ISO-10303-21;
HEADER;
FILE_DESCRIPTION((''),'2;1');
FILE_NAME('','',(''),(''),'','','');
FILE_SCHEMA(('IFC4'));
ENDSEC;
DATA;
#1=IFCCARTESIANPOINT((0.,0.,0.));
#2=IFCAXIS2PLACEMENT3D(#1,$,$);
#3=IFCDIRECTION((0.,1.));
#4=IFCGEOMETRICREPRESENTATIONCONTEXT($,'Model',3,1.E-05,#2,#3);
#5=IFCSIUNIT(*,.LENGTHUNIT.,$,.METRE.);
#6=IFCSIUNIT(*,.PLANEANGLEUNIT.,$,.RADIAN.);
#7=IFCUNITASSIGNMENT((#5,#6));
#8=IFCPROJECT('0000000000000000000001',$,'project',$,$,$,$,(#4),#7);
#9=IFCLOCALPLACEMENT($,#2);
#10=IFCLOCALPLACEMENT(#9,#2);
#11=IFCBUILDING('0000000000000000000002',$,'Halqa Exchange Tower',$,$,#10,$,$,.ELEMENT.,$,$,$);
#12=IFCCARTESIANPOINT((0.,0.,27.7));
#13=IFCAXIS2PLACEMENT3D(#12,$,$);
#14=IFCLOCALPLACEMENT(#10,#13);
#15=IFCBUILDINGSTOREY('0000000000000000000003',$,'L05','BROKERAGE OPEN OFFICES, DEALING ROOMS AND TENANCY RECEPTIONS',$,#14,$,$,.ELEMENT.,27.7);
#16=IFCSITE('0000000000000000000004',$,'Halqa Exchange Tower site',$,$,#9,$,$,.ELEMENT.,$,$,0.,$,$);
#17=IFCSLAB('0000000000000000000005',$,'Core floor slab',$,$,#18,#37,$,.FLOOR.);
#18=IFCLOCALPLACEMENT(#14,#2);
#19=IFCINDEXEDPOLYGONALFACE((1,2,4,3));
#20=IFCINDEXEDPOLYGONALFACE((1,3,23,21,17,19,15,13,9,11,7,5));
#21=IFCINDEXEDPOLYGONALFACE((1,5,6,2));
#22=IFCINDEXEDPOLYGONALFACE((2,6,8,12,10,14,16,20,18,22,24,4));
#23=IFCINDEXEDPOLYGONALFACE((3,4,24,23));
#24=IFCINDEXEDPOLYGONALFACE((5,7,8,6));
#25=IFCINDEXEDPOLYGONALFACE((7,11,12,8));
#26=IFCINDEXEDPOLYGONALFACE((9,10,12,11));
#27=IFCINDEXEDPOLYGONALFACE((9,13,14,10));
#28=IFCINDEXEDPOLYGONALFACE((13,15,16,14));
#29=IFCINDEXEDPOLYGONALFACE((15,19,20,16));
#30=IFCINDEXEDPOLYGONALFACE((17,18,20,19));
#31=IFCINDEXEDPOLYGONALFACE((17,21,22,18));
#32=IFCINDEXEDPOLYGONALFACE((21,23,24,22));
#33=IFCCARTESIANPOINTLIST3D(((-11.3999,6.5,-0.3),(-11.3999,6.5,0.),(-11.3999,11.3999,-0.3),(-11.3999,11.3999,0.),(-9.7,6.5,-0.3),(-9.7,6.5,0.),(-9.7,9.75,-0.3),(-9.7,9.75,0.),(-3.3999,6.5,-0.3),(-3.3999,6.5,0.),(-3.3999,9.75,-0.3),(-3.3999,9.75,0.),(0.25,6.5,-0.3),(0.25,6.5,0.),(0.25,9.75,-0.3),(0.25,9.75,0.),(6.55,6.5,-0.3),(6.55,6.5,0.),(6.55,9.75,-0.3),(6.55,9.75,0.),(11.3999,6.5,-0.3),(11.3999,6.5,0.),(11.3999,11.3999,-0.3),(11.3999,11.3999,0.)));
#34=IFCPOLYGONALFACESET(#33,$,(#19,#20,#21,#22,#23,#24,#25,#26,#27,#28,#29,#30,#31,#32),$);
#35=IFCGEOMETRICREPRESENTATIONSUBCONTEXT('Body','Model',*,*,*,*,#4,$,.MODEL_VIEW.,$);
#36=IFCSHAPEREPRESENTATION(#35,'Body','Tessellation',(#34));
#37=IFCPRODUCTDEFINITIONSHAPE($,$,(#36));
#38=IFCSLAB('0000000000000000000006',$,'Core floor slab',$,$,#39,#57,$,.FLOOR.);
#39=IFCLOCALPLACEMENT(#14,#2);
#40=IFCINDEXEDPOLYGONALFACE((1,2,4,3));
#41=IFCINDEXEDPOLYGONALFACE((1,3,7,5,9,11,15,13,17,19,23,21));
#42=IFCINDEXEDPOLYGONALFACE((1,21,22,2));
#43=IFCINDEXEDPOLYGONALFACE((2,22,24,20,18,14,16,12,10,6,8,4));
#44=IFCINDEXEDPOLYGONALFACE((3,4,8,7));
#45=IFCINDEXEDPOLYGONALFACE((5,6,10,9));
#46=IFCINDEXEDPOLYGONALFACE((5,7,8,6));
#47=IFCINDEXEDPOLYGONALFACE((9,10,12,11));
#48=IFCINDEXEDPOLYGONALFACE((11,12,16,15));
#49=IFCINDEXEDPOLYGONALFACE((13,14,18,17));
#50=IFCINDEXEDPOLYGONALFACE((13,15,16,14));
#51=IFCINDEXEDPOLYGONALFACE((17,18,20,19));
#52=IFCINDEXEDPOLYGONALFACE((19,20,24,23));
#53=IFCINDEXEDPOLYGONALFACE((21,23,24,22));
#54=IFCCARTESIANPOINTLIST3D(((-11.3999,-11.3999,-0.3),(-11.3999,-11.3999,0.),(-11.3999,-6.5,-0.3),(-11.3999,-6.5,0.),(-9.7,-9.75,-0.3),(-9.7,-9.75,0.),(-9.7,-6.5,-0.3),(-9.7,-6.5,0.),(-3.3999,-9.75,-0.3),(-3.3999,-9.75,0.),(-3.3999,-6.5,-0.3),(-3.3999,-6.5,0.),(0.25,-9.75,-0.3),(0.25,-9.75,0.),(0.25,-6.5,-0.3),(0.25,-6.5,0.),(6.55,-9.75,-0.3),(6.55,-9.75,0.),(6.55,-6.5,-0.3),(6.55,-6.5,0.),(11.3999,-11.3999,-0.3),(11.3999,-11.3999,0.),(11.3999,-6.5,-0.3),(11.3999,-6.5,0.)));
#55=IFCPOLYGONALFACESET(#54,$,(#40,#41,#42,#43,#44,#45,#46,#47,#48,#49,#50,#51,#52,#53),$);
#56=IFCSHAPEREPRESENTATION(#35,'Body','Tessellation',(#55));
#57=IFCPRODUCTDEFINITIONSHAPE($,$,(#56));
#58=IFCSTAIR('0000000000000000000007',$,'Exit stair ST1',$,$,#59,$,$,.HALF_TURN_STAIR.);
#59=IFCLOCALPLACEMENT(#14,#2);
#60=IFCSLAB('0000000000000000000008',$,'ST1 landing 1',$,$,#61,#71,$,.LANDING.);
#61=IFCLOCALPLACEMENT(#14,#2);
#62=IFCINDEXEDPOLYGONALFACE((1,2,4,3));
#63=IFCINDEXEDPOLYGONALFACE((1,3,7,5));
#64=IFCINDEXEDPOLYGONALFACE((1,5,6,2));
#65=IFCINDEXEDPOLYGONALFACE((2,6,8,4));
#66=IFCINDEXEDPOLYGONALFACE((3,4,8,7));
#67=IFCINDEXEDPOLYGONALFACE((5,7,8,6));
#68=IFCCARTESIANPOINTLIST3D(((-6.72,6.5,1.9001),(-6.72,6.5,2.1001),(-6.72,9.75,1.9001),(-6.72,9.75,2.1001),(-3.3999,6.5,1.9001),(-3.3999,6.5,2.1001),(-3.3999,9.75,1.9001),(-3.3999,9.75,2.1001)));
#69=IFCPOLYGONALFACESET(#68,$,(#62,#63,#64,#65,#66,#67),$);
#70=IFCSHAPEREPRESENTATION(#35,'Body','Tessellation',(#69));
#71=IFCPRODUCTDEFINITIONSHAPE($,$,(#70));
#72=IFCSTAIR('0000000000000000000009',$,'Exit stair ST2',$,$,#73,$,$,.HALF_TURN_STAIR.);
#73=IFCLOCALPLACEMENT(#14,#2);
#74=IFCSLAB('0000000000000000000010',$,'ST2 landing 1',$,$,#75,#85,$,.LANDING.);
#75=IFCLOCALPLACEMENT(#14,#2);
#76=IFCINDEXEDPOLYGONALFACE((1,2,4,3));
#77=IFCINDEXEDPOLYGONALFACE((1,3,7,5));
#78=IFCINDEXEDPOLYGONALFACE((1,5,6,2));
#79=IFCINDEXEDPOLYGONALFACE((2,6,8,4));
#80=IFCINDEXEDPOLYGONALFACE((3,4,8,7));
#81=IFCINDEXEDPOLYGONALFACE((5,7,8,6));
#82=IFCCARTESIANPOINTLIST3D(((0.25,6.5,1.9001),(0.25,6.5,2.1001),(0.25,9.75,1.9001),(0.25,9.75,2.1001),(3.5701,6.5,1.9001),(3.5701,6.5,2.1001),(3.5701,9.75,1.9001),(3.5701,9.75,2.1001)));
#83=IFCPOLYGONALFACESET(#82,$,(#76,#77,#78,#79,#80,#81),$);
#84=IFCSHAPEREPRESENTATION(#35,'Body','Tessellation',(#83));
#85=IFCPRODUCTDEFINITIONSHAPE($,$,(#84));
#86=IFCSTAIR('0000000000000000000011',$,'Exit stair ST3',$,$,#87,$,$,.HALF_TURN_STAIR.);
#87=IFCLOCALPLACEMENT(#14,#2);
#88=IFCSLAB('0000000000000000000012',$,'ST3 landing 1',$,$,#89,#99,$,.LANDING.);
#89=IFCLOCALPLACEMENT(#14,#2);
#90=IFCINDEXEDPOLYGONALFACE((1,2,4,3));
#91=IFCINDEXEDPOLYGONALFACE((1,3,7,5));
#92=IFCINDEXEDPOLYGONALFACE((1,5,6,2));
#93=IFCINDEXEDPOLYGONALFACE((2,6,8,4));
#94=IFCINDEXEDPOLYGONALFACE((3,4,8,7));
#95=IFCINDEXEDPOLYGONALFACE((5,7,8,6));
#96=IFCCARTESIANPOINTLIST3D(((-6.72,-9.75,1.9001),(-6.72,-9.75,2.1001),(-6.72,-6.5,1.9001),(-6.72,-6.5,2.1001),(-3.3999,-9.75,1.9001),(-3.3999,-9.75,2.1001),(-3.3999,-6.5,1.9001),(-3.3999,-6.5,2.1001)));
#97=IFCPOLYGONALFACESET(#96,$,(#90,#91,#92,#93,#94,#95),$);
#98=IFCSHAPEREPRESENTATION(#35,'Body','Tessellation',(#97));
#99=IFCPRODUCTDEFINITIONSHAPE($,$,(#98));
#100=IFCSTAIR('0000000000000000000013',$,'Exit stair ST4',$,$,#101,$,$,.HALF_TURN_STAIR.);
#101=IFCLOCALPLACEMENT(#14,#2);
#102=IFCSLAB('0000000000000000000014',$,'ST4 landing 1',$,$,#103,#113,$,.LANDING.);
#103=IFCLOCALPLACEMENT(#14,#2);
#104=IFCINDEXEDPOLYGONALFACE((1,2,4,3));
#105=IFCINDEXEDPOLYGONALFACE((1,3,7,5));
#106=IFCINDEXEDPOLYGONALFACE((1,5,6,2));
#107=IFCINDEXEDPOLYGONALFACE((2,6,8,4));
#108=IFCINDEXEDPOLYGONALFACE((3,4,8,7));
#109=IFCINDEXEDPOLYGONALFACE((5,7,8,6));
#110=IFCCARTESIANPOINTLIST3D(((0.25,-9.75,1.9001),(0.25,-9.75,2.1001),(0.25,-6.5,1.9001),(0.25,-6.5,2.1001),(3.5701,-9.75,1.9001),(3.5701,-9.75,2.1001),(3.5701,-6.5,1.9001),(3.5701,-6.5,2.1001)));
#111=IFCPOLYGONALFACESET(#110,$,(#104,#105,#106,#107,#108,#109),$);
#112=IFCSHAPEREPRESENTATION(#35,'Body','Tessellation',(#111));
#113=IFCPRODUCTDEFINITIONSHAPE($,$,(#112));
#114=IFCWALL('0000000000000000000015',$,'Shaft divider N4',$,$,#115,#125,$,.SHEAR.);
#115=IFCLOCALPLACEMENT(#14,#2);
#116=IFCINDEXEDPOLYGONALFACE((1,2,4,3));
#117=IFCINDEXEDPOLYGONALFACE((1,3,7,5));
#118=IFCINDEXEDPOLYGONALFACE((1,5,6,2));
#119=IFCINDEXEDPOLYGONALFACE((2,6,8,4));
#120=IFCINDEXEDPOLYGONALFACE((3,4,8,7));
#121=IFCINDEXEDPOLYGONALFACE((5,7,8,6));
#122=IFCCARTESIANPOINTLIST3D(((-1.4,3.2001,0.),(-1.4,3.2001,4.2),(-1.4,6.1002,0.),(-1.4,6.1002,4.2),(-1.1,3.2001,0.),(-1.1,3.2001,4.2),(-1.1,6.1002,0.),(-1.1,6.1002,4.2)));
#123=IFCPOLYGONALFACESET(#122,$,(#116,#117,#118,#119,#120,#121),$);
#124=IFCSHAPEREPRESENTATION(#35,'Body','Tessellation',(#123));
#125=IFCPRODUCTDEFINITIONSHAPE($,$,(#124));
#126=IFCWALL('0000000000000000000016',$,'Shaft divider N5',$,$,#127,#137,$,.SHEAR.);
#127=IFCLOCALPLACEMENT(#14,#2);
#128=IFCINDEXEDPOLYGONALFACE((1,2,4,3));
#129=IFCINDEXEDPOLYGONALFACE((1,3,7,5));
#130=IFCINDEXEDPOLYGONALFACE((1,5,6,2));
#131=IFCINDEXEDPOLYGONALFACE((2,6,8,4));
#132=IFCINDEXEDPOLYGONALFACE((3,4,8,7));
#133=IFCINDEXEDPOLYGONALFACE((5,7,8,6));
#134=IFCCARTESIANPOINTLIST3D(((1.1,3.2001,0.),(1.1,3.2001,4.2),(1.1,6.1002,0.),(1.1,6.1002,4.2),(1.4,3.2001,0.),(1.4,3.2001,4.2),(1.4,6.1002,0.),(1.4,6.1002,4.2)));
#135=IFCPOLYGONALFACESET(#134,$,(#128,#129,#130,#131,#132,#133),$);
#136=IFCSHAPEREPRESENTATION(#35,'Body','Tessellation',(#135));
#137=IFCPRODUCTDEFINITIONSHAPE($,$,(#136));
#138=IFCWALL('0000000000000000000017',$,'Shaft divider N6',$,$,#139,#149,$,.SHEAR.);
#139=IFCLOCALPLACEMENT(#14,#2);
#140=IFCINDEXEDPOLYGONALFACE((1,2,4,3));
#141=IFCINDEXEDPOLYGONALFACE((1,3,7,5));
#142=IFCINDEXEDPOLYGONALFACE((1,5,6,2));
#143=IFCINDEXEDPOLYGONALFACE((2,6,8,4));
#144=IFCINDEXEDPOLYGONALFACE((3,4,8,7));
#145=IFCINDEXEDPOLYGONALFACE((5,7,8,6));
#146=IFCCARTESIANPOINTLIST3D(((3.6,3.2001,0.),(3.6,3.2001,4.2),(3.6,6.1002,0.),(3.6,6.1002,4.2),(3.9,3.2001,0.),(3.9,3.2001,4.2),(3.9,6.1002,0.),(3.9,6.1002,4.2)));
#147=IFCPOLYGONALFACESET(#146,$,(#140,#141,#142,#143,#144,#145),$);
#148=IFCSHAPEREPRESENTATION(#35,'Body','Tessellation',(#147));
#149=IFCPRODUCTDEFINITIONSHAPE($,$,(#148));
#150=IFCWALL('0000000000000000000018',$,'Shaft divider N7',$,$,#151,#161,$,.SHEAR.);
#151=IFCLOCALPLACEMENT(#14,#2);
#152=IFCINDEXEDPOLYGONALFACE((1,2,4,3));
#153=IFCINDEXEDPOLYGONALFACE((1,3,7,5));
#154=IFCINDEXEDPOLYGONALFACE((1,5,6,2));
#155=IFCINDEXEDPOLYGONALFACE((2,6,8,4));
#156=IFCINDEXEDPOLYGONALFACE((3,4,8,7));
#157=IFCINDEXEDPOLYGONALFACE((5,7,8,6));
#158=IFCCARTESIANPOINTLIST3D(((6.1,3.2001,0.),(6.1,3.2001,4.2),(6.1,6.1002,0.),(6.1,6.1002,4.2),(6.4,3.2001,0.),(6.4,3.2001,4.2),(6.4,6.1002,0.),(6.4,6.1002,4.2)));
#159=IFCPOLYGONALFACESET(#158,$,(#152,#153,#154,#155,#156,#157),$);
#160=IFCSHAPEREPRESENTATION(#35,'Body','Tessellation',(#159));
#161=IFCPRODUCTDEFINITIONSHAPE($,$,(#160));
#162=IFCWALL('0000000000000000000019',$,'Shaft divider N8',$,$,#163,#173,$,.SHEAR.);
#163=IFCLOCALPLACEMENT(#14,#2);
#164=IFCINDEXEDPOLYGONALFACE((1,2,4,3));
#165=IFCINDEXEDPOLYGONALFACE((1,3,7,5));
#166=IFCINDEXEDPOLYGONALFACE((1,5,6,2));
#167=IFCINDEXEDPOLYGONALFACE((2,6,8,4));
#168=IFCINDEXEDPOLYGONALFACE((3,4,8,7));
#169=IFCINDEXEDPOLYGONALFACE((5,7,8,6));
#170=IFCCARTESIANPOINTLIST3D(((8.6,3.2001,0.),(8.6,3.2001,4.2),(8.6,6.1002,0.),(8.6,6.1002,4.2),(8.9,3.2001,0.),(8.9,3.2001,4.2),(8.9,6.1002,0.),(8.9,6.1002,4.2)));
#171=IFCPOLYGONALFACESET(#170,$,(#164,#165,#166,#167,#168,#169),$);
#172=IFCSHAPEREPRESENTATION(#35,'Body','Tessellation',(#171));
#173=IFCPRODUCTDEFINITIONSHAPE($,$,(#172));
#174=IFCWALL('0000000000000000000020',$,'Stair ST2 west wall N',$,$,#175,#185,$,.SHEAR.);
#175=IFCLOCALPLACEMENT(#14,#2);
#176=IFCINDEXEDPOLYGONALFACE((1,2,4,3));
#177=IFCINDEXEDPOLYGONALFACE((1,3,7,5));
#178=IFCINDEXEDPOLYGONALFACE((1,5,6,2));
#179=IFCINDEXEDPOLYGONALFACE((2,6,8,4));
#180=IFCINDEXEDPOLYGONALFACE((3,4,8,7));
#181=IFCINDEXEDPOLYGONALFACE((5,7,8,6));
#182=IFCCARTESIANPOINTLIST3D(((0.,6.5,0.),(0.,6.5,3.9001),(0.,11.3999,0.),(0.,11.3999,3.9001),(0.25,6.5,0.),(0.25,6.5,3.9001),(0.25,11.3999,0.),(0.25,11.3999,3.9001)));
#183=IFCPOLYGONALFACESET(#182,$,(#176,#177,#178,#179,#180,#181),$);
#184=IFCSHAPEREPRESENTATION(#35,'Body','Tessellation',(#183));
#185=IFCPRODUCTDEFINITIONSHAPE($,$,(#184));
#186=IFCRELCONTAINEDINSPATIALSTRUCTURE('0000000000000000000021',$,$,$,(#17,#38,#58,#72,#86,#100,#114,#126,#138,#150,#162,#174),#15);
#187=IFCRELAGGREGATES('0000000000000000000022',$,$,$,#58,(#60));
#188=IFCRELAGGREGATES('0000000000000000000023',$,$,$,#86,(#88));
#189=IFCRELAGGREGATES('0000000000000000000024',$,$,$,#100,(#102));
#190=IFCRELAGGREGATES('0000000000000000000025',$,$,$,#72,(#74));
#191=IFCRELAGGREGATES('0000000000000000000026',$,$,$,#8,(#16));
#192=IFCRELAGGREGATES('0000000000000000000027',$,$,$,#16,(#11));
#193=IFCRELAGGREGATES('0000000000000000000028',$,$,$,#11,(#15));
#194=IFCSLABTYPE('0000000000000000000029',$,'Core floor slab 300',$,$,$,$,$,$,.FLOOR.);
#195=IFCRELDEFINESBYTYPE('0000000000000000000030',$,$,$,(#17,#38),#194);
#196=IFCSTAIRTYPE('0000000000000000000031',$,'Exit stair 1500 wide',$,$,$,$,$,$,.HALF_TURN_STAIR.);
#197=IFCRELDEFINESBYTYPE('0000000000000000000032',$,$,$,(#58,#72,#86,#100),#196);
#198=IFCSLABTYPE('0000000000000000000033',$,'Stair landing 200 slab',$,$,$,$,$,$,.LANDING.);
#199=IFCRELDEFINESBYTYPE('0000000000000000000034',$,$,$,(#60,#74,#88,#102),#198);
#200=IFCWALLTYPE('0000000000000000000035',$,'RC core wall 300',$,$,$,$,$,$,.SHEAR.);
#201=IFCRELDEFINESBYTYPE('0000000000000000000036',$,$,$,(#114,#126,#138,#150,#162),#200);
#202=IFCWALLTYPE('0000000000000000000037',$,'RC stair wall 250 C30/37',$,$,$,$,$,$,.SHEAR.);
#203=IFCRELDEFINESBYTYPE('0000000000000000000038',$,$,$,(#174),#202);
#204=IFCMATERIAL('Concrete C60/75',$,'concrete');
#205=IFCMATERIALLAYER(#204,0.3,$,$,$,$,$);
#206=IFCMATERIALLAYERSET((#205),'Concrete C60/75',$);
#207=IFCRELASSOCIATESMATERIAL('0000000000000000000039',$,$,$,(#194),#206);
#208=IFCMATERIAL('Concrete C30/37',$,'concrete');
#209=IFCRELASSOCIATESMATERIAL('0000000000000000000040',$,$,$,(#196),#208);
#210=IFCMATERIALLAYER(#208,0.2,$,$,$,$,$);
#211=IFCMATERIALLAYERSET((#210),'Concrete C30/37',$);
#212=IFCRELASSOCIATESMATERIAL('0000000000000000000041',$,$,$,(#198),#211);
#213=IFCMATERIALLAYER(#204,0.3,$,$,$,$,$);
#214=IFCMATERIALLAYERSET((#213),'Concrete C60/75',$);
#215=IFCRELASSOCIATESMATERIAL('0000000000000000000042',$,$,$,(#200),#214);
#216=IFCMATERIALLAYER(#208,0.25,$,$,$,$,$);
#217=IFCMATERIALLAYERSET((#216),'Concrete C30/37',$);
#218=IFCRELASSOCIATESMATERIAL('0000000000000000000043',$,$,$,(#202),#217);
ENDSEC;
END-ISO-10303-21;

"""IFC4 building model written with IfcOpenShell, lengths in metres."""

from ifc_helpers import new_model, si_unit, direction, frame, frame_2d, origin, place, context, subcontext, project, spatial, polyline, rectangle, outline, extrude, material, layer, layer_set, type_object, element, aggregate, save


model = new_model("IFC4")

# Units and contexts
model_context = context("Model", 3, precision=1e-05, world=origin(), true_north=direction((0.0, 1.0)))
body_context = subcontext(model_context, "Body", "Model", "MODEL_VIEW")
ifc_project = project(units=[si_unit("LENGTHUNIT", "METRE"), si_unit("PLANEANGLEUNIT", "RADIAN")], contexts=[model_context])

# Site, building, storey
site_placement = place(None, origin())
site = spatial("IfcSite", under=ifc_project, at=site_placement, Name="Halqa Exchange Tower site", CompositionType="ELEMENT", RefElevation=0.0)
building_placement = place(site_placement, origin())
building = spatial("IfcBuilding", under=site, at=building_placement, Name="Halqa Exchange Tower", CompositionType="ELEMENT")
storey_placement = place(building_placement, frame((0.0, 0.0, 27.7)))
storey = spatial("IfcBuildingStorey", under=building, at=storey_placement, Name="L05", Description="BROKERAGE OPEN OFFICES, DEALING ROOMS AND TENANCY RECEPTIONS", CompositionType="ELEMENT", Elevation=27.7)

# Slabs
ifc_material_1 = material(Name="Concrete C60/75", Category="concrete")
ifc_layer_1 = layer(ifc_material_1, 0.3)
ifc_layer_set_1 = layer_set([ifc_layer_1], Name="Concrete C60/75")
slab_type_1 = type_object("IfcSlabType", Name="Core floor slab 300", PredefinedType="FLOOR", material=ifc_layer_set_1)
slab_1_placement = place(storey_placement, frame((0.0, 0.0, -0.3)))
element("IfcSlab", 1, at=slab_1_placement, inside=storey, type_object=slab_type_1, Name="Core floor slab", PredefinedType="FLOOR", context=body_context, shape_type="SweptSolid", body=[
    extrude(outline(polyline([(-11.3999, 11.3999), (11.3999, 11.3999), (11.3999, 6.5), (6.55, 6.5), (6.55, 9.75), (0.25, 9.75), (0.25, 6.5), (-3.3999, 6.5), (-3.3999, 9.75), (-9.7, 9.75), (-9.7, 6.5), (-11.3999, 6.5), (-11.3999, 11.3999)])), origin(), (0.0, 0.0, 1.0), 0.3),
])
slab_2_placement = place(storey_placement, frame((0.0, 0.0, -0.3)))
element("IfcSlab", 2, at=slab_2_placement, inside=storey, type_object=slab_type_1, Name="Core floor slab", PredefinedType="FLOOR", context=body_context, shape_type="SweptSolid", body=[
    extrude(outline(polyline([(-9.7, -9.75), (-3.3999, -9.75), (-3.3999, -6.5), (0.25, -6.5), (0.25, -9.75), (6.55, -9.75), (6.55, -6.5), (11.3999, -6.5), (11.3999, -11.3999), (-11.3999, -11.3999), (-11.3999, -6.5), (-9.7, -6.5), (-9.7, -9.75)])), origin(), (0.0, 0.0, 1.0), 0.3),
])

# Stairs, slabs
ifc_material_2 = material(Name="Concrete C30/37", Category="concrete")
stair_type = type_object("IfcStairType", Name="Exit stair 1500 wide", PredefinedType="HALF_TURN_STAIR", material=ifc_material_2)
stair_1_placement = place(storey_placement, origin())
stair_1 = element("IfcStair", 3, at=stair_1_placement, inside=storey, type_object=stair_type, Name="Exit stair ST1", PredefinedType="HALF_TURN_STAIR")
ifc_layer_2 = layer(ifc_material_2, 0.2)
ifc_layer_set_2 = layer_set([ifc_layer_2], Name="Concrete C30/37")
slab_type_2 = type_object("IfcSlabType", Name="Stair landing 200 slab", PredefinedType="LANDING", material=ifc_layer_set_2)
slab_3_placement = place(storey_placement, frame((0.0, 0.0, 1.9001)))
slab_3 = element("IfcSlab", 4, at=slab_3_placement, type_object=slab_type_2, Name="ST1 landing 1", PredefinedType="LANDING", context=body_context, shape_type="SweptSolid", body=[
    extrude(outline(polyline([(-6.72, 6.5), (-3.3999, 6.5), (-3.3999, 9.75), (-6.72, 9.75), (-6.72, 6.5)])), origin(), (0.0, 0.0, 1.0), 0.2),
])
aggregate(stair_1, [slab_3])
stair_2_placement = place(storey_placement, origin())
stair_2 = element("IfcStair", 5, at=stair_2_placement, inside=storey, type_object=stair_type, Name="Exit stair ST2", PredefinedType="HALF_TURN_STAIR")
slab_4_placement = place(storey_placement, frame((0.0, 0.0, 1.9001)))
slab_4 = element("IfcSlab", 6, at=slab_4_placement, type_object=slab_type_2, Name="ST2 landing 1", PredefinedType="LANDING", context=body_context, shape_type="SweptSolid", body=[
    extrude(outline(polyline([(0.25, 6.5), (3.5701, 6.5), (3.5701, 9.75), (0.25, 9.75), (0.25, 6.5)])), origin(), (0.0, 0.0, 1.0), 0.2),
])
stair_3_placement = place(storey_placement, origin())
stair_3 = element("IfcStair", 7, at=stair_3_placement, inside=storey, type_object=stair_type, Name="Exit stair ST3", PredefinedType="HALF_TURN_STAIR")
slab_5_placement = place(storey_placement, frame((0.0, 0.0, 1.9001)))
slab_5 = element("IfcSlab", 8, at=slab_5_placement, type_object=slab_type_2, Name="ST3 landing 1", PredefinedType="LANDING", context=body_context, shape_type="SweptSolid", body=[
    extrude(outline(polyline([(-6.72, -9.75), (-3.3999, -9.75), (-3.3999, -6.5), (-6.72, -6.5), (-6.72, -9.75)])), origin(), (0.0, 0.0, 1.0), 0.2),
])
aggregate(stair_3, [slab_5])
stair_4_placement = place(storey_placement, origin())
stair_4 = element("IfcStair", 9, at=stair_4_placement, inside=storey, type_object=stair_type, Name="Exit stair ST4", PredefinedType="HALF_TURN_STAIR")
slab_6_placement = place(storey_placement, frame((0.0, 0.0, 1.9001)))
slab_6 = element("IfcSlab", 10, at=slab_6_placement, type_object=slab_type_2, Name="ST4 landing 1", PredefinedType="LANDING", context=body_context, shape_type="SweptSolid", body=[
    extrude(outline(polyline([(0.25, -9.75), (3.5701, -9.75), (3.5701, -6.5), (0.25, -6.5), (0.25, -9.75)])), origin(), (0.0, 0.0, 1.0), 0.2),
])
aggregate(stair_4, [slab_6])

# Walls
ifc_layer_3 = layer(ifc_material_1, 0.3)
ifc_layer_set_3 = layer_set([ifc_layer_3], Name="Concrete C60/75")
wall_type_1 = type_object("IfcWallType", Name="RC core wall 300", PredefinedType="SHEAR", material=ifc_layer_set_3)
for number, where, z_axis, x_axis, name in (
    (11, (-1.25, 3.2, 0.0), (0.0, 0.0, 1.0), (0.0, 1.0, 0.0), "Shaft divider N4"),
    (12, (1.25, 3.2, 0.0), (0.0, 0.0, 1.0), (0.0, 1.0, 0.0), "Shaft divider N5"),
    (13, (3.75, 3.2, 0.0), (0.0, 0.0, 1.0), (0.0, 1.0, 0.0), "Shaft divider N6"),
    (14, (6.25, 3.2, 0.0), (0.0, 0.0, 1.0), (0.0, 1.0, 0.0), "Shaft divider N7"),
    (15, (8.75, 3.2, 0.0), (0.0, 0.0, 1.0), (0.0, 1.0, 0.0), "Shaft divider N8"),
):
    element("IfcWall", number, at=place(storey_placement, frame(where, z_axis=z_axis, x_axis=x_axis)), inside=storey, type_object=wall_type_1, Name=name, PredefinedType="SHEAR", context=body_context, shape_type="SweptSolid", body=[
        extrude(rectangle(XDim=2.9001, YDim=0.3, at=frame_2d((1.4502, 0.0))), origin(), (0.0, 0.0, 1.0), 4.2),
    ])
ifc_layer_4 = layer(ifc_material_2, 0.25)
ifc_layer_set_4 = layer_set([ifc_layer_4], Name="Concrete C30/37")
wall_type_2 = type_object("IfcWallType", Name="RC stair wall 250 C30/37", PredefinedType="SHEAR", material=ifc_layer_set_4)
wall_1_placement = place(storey_placement, frame((0.125, 6.5, 0.0), z_axis=(0.0, 0.0, 1.0), x_axis=(0.0, 1.0, 0.0)))
element("IfcWall", 16, at=wall_1_placement, inside=storey, type_object=wall_type_2, Name="Stair ST2 west wall N", PredefinedType="SHEAR", context=body_context, shape_type="SweptSolid", body=[
    extrude(rectangle(XDim=4.8999, YDim=0.25, at=frame_2d((2.45, 0.0))), origin(), (0.0, 0.0, 1.0), 3.9001),
])

aggregate(stair_2, [slab_4])

save(model, "model.ifc")
